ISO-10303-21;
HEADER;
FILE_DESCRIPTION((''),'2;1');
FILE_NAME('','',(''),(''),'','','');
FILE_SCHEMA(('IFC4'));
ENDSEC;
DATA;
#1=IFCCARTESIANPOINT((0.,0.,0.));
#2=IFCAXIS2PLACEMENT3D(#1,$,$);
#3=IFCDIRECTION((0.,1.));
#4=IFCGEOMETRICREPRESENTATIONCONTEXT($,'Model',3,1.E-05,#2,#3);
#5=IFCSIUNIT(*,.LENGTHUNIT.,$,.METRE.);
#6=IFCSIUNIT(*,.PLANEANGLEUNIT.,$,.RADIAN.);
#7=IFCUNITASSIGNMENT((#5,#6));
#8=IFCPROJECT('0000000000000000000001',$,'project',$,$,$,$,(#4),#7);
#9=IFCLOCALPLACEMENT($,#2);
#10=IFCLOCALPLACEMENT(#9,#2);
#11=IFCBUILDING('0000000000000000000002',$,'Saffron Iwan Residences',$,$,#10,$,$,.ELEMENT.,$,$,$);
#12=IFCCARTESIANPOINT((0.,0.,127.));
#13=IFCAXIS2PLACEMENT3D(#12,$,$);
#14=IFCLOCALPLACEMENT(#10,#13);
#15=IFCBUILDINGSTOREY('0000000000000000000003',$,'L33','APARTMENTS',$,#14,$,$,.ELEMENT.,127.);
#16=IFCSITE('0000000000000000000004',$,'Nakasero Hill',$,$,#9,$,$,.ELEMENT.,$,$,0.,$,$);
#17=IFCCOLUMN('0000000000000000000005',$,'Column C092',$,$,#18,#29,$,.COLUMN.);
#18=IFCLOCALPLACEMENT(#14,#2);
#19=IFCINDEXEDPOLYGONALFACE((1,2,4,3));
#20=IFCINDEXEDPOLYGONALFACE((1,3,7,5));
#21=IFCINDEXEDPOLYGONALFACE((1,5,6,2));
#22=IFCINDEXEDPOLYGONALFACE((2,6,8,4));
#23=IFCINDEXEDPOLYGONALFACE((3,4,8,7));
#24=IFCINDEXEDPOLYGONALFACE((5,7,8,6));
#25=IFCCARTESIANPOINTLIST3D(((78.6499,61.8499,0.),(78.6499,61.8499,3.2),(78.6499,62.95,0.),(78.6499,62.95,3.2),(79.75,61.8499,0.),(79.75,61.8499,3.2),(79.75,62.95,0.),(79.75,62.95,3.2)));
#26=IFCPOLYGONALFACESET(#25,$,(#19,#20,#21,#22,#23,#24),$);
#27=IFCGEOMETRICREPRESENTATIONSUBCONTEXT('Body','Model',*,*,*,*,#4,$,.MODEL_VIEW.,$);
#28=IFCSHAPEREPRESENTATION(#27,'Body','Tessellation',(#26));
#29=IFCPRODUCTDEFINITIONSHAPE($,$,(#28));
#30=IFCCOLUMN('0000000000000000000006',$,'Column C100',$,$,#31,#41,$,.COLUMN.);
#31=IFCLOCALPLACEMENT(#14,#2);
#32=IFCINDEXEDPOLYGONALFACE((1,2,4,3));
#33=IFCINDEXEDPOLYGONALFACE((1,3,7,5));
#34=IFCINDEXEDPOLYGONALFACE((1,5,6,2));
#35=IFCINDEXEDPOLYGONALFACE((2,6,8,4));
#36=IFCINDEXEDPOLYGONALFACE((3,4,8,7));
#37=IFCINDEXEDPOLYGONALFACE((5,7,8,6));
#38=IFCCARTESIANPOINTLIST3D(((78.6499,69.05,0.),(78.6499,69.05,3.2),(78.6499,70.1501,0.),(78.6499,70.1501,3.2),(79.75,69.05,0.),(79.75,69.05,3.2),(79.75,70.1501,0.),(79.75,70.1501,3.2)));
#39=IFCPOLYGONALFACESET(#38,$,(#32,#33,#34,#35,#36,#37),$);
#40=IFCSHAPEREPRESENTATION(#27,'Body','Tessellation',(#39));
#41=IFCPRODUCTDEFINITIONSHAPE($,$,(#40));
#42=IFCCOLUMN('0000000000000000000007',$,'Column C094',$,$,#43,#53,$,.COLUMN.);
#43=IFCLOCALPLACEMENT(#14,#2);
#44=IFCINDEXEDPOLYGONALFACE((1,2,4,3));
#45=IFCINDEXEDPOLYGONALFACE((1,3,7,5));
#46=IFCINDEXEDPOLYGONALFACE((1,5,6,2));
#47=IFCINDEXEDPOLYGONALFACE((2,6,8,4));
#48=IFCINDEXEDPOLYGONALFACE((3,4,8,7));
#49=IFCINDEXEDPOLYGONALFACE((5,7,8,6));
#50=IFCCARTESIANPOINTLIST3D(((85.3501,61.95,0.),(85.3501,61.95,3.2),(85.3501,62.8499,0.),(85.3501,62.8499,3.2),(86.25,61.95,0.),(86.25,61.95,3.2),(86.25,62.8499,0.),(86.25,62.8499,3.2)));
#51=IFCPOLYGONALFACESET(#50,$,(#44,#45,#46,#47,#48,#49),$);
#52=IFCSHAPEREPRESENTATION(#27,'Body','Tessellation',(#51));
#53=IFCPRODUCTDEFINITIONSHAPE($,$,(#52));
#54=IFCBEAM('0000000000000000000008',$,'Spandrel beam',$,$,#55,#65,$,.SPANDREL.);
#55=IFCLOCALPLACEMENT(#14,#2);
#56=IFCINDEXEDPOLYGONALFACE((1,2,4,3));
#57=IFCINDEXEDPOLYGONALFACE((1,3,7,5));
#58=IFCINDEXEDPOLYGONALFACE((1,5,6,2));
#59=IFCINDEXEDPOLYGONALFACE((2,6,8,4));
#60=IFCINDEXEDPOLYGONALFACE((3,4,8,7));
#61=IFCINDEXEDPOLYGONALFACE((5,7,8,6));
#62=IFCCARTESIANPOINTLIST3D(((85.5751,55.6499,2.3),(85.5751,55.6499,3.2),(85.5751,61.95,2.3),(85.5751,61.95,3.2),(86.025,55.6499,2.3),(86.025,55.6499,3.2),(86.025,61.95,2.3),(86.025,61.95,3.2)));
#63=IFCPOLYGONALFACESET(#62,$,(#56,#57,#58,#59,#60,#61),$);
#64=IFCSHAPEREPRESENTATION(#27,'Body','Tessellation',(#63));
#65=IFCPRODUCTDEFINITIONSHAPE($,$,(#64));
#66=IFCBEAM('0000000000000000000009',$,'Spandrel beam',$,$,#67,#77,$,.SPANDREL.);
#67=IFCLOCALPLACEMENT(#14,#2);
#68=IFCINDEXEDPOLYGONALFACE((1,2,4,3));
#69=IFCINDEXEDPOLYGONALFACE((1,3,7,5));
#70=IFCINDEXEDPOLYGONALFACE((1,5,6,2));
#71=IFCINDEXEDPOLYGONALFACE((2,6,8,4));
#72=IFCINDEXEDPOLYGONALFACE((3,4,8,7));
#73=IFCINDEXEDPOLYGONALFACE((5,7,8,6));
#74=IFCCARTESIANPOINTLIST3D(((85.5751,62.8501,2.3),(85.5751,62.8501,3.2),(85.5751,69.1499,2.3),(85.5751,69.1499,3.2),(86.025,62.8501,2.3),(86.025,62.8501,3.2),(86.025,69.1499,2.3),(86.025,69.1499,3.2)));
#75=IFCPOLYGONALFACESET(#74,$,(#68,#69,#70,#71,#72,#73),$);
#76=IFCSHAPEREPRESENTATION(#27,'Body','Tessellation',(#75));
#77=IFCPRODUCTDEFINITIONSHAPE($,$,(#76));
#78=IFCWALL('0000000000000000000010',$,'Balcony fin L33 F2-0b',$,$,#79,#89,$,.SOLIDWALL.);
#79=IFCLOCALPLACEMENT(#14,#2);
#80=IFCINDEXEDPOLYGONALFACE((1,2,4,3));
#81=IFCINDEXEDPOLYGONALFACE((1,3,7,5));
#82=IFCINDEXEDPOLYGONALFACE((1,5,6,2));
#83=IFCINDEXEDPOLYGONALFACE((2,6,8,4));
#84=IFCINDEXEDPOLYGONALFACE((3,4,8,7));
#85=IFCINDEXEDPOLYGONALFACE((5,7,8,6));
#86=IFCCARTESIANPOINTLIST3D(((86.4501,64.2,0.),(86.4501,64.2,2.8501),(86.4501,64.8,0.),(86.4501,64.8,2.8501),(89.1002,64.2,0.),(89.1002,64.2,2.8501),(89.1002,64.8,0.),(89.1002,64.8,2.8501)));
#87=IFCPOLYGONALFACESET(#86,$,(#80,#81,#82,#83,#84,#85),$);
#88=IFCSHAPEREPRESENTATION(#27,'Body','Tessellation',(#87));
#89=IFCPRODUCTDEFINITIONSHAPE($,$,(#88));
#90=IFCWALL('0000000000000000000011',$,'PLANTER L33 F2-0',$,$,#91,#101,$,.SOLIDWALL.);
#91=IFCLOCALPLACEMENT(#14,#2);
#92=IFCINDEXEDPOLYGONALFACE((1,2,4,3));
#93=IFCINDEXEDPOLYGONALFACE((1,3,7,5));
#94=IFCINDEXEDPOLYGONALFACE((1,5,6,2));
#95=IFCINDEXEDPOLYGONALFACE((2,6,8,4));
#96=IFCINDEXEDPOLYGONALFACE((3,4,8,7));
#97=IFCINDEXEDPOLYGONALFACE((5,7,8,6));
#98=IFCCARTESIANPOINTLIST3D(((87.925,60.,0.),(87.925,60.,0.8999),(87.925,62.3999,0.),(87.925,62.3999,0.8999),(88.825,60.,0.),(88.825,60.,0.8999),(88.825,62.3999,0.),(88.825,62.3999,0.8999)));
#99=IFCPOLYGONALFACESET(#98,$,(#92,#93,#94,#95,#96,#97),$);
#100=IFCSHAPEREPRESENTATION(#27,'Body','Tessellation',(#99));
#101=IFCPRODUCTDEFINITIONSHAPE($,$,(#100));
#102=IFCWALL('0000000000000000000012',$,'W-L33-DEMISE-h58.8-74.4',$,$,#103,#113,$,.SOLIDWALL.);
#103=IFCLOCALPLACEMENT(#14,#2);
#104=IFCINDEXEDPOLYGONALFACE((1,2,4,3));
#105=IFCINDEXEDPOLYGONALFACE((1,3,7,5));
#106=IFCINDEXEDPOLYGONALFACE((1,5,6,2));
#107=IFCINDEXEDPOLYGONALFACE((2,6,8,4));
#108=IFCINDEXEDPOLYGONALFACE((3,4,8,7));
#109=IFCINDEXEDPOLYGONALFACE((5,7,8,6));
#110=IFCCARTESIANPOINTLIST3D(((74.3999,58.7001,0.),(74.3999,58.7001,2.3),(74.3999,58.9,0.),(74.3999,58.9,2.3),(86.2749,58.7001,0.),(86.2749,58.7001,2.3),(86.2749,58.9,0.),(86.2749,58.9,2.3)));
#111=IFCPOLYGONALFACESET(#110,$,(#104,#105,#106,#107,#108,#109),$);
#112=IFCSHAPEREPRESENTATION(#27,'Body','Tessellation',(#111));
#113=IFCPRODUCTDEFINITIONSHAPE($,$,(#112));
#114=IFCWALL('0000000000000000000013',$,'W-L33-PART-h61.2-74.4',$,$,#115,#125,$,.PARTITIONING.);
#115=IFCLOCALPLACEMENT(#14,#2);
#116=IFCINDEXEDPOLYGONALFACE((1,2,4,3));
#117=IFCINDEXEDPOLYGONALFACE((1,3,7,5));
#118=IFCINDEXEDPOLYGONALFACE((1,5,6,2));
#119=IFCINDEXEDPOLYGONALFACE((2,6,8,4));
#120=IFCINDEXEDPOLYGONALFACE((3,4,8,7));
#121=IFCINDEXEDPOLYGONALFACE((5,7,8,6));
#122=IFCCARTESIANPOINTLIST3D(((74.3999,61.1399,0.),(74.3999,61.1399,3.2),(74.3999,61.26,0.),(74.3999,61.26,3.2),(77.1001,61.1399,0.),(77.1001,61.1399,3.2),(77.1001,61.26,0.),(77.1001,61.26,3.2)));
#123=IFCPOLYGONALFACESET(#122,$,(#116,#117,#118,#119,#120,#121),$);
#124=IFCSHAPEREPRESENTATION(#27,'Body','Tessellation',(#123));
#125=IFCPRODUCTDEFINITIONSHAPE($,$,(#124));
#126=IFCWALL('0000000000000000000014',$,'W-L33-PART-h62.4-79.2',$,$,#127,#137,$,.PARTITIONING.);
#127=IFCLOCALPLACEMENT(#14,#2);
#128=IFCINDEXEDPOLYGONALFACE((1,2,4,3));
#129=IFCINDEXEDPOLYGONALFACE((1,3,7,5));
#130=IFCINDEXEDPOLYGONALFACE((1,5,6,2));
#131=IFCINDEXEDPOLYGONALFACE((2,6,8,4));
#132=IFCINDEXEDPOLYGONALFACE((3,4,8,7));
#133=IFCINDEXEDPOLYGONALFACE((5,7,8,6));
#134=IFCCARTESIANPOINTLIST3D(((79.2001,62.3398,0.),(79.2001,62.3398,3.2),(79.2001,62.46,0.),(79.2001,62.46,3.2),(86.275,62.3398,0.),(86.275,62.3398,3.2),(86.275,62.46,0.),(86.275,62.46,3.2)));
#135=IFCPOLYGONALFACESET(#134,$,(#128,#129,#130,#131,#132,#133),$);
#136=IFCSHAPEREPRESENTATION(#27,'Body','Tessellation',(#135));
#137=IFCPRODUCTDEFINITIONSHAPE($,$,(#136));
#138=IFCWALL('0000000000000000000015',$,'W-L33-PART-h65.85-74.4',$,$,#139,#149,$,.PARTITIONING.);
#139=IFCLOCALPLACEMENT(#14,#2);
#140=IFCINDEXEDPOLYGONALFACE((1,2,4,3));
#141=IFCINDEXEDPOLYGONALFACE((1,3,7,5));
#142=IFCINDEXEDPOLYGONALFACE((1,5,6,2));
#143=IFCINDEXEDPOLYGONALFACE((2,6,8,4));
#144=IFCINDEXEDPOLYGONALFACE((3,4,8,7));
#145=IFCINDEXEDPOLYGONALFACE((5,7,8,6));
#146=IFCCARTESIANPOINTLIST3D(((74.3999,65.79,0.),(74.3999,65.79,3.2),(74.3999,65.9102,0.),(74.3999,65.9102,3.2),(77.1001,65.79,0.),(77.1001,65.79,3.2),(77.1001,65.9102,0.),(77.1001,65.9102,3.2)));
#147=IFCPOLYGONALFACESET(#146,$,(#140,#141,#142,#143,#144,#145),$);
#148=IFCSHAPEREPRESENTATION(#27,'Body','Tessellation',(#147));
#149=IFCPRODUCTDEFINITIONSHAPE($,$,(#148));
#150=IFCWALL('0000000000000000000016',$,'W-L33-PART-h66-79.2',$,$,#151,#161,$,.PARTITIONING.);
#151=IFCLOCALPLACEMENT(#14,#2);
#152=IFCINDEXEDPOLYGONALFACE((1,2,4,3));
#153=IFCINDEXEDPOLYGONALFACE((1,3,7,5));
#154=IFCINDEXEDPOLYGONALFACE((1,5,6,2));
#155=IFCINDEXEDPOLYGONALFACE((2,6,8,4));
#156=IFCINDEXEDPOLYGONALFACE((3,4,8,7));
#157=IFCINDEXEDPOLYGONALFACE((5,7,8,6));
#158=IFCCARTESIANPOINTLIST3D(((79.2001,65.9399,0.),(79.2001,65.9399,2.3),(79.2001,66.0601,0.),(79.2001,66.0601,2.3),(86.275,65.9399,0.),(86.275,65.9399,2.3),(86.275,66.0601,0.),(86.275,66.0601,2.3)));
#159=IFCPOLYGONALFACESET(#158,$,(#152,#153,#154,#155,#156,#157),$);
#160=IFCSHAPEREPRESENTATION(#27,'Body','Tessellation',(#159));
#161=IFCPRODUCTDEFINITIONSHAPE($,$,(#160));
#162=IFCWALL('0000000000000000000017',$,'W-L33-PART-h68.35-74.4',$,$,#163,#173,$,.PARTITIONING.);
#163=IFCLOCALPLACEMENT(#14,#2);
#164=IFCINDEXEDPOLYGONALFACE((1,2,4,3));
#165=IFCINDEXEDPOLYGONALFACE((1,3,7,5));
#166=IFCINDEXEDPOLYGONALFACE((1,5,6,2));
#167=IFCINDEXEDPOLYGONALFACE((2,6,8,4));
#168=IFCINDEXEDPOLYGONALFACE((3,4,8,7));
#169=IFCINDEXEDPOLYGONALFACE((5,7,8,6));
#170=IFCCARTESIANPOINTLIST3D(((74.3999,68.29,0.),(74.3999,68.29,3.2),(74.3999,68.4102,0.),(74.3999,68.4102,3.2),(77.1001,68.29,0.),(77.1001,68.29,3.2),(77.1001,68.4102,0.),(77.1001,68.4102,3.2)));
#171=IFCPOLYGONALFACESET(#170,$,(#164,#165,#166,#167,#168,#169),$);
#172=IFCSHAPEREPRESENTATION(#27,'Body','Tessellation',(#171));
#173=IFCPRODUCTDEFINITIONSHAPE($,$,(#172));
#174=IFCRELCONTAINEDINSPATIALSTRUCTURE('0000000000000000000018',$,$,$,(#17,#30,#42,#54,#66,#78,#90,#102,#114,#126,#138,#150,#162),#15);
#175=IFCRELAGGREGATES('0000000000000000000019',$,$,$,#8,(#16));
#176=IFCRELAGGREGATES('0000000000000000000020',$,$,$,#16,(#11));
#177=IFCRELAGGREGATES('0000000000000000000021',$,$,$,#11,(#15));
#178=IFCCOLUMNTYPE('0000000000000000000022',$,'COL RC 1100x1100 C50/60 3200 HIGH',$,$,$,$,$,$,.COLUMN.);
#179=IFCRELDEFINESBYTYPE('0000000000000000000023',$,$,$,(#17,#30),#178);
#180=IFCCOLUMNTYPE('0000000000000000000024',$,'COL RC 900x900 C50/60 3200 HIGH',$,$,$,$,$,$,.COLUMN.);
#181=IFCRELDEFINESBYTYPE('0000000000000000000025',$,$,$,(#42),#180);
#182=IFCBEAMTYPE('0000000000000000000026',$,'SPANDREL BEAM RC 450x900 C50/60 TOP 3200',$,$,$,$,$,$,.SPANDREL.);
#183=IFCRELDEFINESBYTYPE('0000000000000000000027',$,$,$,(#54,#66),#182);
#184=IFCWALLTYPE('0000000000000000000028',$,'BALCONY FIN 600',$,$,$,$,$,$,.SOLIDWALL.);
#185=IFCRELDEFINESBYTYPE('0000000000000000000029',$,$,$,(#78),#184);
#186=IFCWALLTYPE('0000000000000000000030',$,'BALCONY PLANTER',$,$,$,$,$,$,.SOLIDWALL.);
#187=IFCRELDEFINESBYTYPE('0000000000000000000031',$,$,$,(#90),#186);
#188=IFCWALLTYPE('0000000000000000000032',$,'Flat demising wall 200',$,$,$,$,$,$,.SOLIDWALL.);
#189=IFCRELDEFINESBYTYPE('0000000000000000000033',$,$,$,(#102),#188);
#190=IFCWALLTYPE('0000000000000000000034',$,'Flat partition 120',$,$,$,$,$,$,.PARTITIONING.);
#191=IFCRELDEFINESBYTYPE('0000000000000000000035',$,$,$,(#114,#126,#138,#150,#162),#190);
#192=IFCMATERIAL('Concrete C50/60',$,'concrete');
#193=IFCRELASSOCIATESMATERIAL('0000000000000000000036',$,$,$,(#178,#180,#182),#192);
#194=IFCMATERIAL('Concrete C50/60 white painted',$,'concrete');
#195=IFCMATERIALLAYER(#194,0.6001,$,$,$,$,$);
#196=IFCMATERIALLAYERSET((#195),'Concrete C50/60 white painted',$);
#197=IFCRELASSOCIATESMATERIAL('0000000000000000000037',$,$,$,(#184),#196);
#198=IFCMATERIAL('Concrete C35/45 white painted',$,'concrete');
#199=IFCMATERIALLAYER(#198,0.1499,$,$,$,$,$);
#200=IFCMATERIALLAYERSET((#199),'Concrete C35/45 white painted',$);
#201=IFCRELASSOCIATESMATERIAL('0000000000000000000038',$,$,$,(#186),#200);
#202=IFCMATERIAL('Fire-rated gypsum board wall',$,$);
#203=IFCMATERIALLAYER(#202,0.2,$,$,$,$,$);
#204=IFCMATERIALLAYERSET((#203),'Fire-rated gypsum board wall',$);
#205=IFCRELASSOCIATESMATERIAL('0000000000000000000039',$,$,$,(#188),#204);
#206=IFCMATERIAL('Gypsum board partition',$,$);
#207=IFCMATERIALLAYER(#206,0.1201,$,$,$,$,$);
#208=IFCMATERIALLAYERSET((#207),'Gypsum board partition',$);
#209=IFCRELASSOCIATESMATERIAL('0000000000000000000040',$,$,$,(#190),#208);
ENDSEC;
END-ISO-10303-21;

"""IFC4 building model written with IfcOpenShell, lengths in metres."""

from ifc_helpers import new_model, si_unit, direction, frame, frame_2d, origin, origin_2d, place, context, subcontext, project, spatial, rectangle, extrude, source, transform, mapped, material, layer, layer_set, material_profile, profile_set, type_object, element, save


model = new_model("IFC4")

# Units and contexts
model_context = context("Model", 3, precision=1e-05, world=origin(), true_north=direction((0.0, 1.0)))
body_context = subcontext(model_context, "Body", "Model", "MODEL_VIEW")
ifc_project = project(units=[si_unit("LENGTHUNIT", "METRE"), si_unit("PLANEANGLEUNIT", "RADIAN")], contexts=[model_context])

# Site, building, storey
site_placement = place(None, origin())
site = spatial("IfcSite", under=ifc_project, at=site_placement, Name="Nakasero Hill", CompositionType="ELEMENT", RefElevation=0.0)
building_placement = place(site_placement, origin())
building = spatial("IfcBuilding", under=site, at=building_placement, Name="Saffron Iwan Residences", CompositionType="ELEMENT")
storey_placement = place(building_placement, frame((0.0, 0.0, 127.0)))
storey = spatial("IfcBuildingStorey", under=building, at=storey_placement, Name="L33", Description="APARTMENTS", CompositionType="ELEMENT", Elevation=127.0)

# Columns
ifc_material_1 = material(Name="Concrete C50/60", Category="concrete")
ifc_material_profile_1 = material_profile(ifc_material_1, rectangle(XDim=1.1001, YDim=1.1001, at=origin_2d()), Name="RC 1100x1100")
ifc_profile_set_1 = profile_set([ifc_material_profile_1], Name="Concrete C50/60")
column_type_1 = type_object("IfcColumnType", Name="COL RC 1100x1100 C50/60 3200 HIGH", PredefinedType="COLUMN", material=ifc_profile_set_1)
shared_shape_1 = source(origin(), body_context, "Body", "SweptSolid", [
    extrude(rectangle(XDim=1.1001, YDim=1.1001, at=origin_2d()), origin(), (0.0, 0.0, 1.0), 3.2),
])
for number, where, z_axis, x_axis, name in (
    (1, (79.2, 62.3999, 0.0), (0.0, 0.0, 1.0), (1.0, 0.0, 0.0), "Column C092"),
    (2, (79.2, 69.6001, 0.0), (0.0, 0.0, 1.0), (1.0, 0.0, 0.0), "Column C100"),
):
    element("IfcColumn", number, at=place(storey_placement, frame(where, z_axis=z_axis, x_axis=x_axis)), inside=storey, type_object=column_type_1, Name=name, PredefinedType="COLUMN", context=body_context, shape_type="MappedRepresentation", body=[
        mapped(shared_shape_1, transform((0.0, 0.0, 0.0))),
    ])
ifc_material_profile_2 = material_profile(ifc_material_1, rectangle(XDim=0.8999, YDim=0.8999, at=origin_2d()), Name="RC 900x900")
ifc_profile_set_2 = profile_set([ifc_material_profile_2], Name="Concrete C50/60")
column_type_2 = type_object("IfcColumnType", Name="COL RC 900x900 C50/60 3200 HIGH", PredefinedType="COLUMN", material=ifc_profile_set_2)
shared_shape_2 = source(origin(), body_context, "Body", "SweptSolid", [
    extrude(rectangle(XDim=0.8999, YDim=0.8999, at=origin_2d()), origin(), (0.0, 0.0, 1.0), 3.2),
])
column_placement = place(storey_placement, frame((85.8, 62.3999, 0.0), z_axis=(0.0, 0.0, 1.0), x_axis=(1.0, 0.0, 0.0)))
element("IfcColumn", 3, at=column_placement, inside=storey, type_object=column_type_2, Name="Column C094", PredefinedType="COLUMN", context=body_context, shape_type="MappedRepresentation", body=[
    mapped(shared_shape_2, transform((0.0, 0.0, 0.0))),
])

# Beams
ifc_material_profile_3 = material_profile(ifc_material_1, rectangle(XDim=0.45, YDim=0.8999, at=origin_2d()), Name="RC 450x900")
ifc_profile_set_3 = profile_set([ifc_material_profile_3], Name="Concrete C50/60")
beam_type = type_object("IfcBeamType", Name="SPANDREL BEAM RC 450x900 C50/60 TOP 3200", PredefinedType="SPANDREL", material=ifc_profile_set_3)
shared_shape_3 = source(origin(), body_context, "Body", "SweptSolid", [
    extrude(rectangle(XDim=0.45, YDim=0.8999, at=origin_2d()), origin(), (0.0, 0.0, 1.0), 6.3),
])
beam_1_placement = place(storey_placement, frame((85.8, 61.95, 2.75), z_axis=(0.0, -1.0, 0.0), x_axis=(1.0, 0.0, 0.0)))
element("IfcBeam", 4, at=beam_1_placement, inside=storey, type_object=beam_type, Name="Spandrel beam", PredefinedType="SPANDREL", context=body_context, shape_type="MappedRepresentation", body=[
    mapped(shared_shape_3, transform((0.0, 0.0, 0.0))),
])
shared_shape_4 = source(origin(), body_context, "Body", "SweptSolid", [
    extrude(rectangle(XDim=0.45, YDim=0.8999, at=origin_2d()), origin(), (0.0, 0.0, 1.0), 6.2998),
])
beam_2_placement = place(storey_placement, frame((85.8, 69.1499, 2.75), z_axis=(0.0, -1.0, 0.0), x_axis=(1.0, 0.0, 0.0)))
element("IfcBeam", 5, at=beam_2_placement, inside=storey, type_object=beam_type, Name="Spandrel beam", PredefinedType="SPANDREL", context=body_context, shape_type="MappedRepresentation", body=[
    mapped(shared_shape_4, transform((0.0, 0.0, 0.0))),
])

# Walls
ifc_material_2 = material(Name="Concrete C50/60 white painted", Category="concrete")
ifc_layer_1 = layer(ifc_material_2, 0.6001)
ifc_layer_set_1 = layer_set([ifc_layer_1], Name="Concrete C50/60 white painted")
wall_type_1 = type_object("IfcWallType", Name="BALCONY FIN 600", PredefinedType="SOLIDWALL", material=ifc_layer_set_1)
wall_1_placement = place(storey_placement, frame((86.45, 64.5, 0.0), z_axis=(0.0, 0.0, 1.0), x_axis=(1.0, 0.0, 0.0)))
element("IfcWall", 6, at=wall_1_placement, inside=storey, type_object=wall_type_1, Name="Balcony fin L33 F2-0b", PredefinedType="SOLIDWALL", context=body_context, shape_type="SweptSolid", body=[
    extrude(rectangle(XDim=2.6501, YDim=0.6001, at=frame_2d((1.3252, 0.0))), origin(), (0.0, 0.0, 1.0), 2.8501),
])
ifc_material_3 = material(Name="Concrete C35/45 white painted", Category="concrete")
ifc_layer_2 = layer(ifc_material_3, 0.1499)
ifc_layer_set_2 = layer_set([ifc_layer_2], Name="Concrete C35/45 white painted")
wall_type_2 = type_object("IfcWallType", Name="BALCONY PLANTER", PredefinedType="SOLIDWALL", material=ifc_layer_set_2)
wall_2_placement = place(storey_placement, frame((88.375, 60.0, 0.0), z_axis=(0.0, 0.0, 1.0), x_axis=(0.0, 1.0, 0.0)))
element("IfcWall", 7, at=wall_2_placement, inside=storey, type_object=wall_type_2, Name="PLANTER L33 F2-0", PredefinedType="SOLIDWALL", context=body_context, shape_type="SweptSolid", body=[
    extrude(rectangle(XDim=2.3999, YDim=0.8999, at=frame_2d((1.2, 0.0))), origin(), (0.0, 0.0, 1.0), 0.8999),
])
ifc_material_4 = material(Name="Fire-rated gypsum board wall")
ifc_layer_3 = layer(ifc_material_4, 0.2)
ifc_layer_set_3 = layer_set([ifc_layer_3], Name="Fire-rated gypsum board wall")
wall_type_3 = type_object("IfcWallType", Name="Flat demising wall 200", PredefinedType="SOLIDWALL", material=ifc_layer_set_3)
wall_3_placement = place(storey_placement, frame((74.3999, 58.8, 0.0), z_axis=(0.0, 0.0, 1.0), x_axis=(1.0, 0.0, 0.0)))
element("IfcWall", 8, at=wall_3_placement, inside=storey, type_object=wall_type_3, Name="W-L33-DEMISE-h58.8-74.4", PredefinedType="SOLIDWALL", context=body_context, shape_type="SweptSolid", body=[
    extrude(rectangle(XDim=11.875, YDim=0.2, at=frame_2d((5.9375, 0.0))), origin(), (0.0, 0.0, 1.0), 2.3),
])
ifc_material_5 = material(Name="Gypsum board partition")
ifc_layer_4 = layer(ifc_material_5, 0.1201)
ifc_layer_set_4 = layer_set([ifc_layer_4], Name="Gypsum board partition")
wall_type_4 = type_object("IfcWallType", Name="Flat partition 120", PredefinedType="PARTITIONING", material=ifc_layer_set_4)
wall_4_placement = place(storey_placement, frame((74.3999, 61.2, 0.0), z_axis=(0.0, 0.0, 1.0), x_axis=(1.0, 0.0, 0.0)))
element("IfcWall", 9, at=wall_4_placement, inside=storey, type_object=wall_type_4, Name="W-L33-PART-h61.2-74.4", PredefinedType="PARTITIONING", context=body_context, shape_type="SweptSolid", body=[
    extrude(rectangle(XDim=2.7002, YDim=0.1201, at=frame_2d((1.3501, 0.0))), origin(), (0.0, 0.0, 1.0), 3.2),
])
wall_5_placement = place(storey_placement, frame((79.2, 62.3999, 0.0), z_axis=(0.0, 0.0, 1.0), x_axis=(1.0, 0.0, 0.0)))
element("IfcWall", 10, at=wall_5_placement, inside=storey, type_object=wall_type_4, Name="W-L33-PART-h62.4-79.2", PredefinedType="PARTITIONING", context=body_context, shape_type="SweptSolid", body=[
    extrude(rectangle(XDim=7.075, YDim=0.1201, at=frame_2d((3.5376, 0.0))), origin(), (0.0, 0.0, 1.0), 3.2),
])
wall_6_placement = place(storey_placement, frame((74.3999, 65.8501, 0.0), z_axis=(0.0, 0.0, 1.0), x_axis=(1.0, 0.0, 0.0)))
element("IfcWall", 11, at=wall_6_placement, inside=storey, type_object=wall_type_4, Name="W-L33-PART-h65.85-74.4", PredefinedType="PARTITIONING", context=body_context, shape_type="SweptSolid", body=[
    extrude(rectangle(XDim=2.7002, YDim=0.1201, at=frame_2d((1.3501, 0.0))), origin(), (0.0, 0.0, 1.0), 3.2),
])
wall_7_placement = place(storey_placement, frame((79.2, 66.0, 0.0), z_axis=(0.0, 0.0, 1.0), x_axis=(1.0, 0.0, 0.0)))
element("IfcWall", 12, at=wall_7_placement, inside=storey, type_object=wall_type_4, Name="W-L33-PART-h66-79.2", PredefinedType="PARTITIONING", context=body_context, shape_type="SweptSolid", body=[
    extrude(rectangle(XDim=7.075, YDim=0.1201, at=frame_2d((3.5376, 0.0))), origin(), (0.0, 0.0, 1.0), 2.3),
])
wall_8_placement = place(storey_placement, frame((74.3999, 68.3501, 0.0), z_axis=(0.0, 0.0, 1.0), x_axis=(1.0, 0.0, 0.0)))
element("IfcWall", 13, at=wall_8_placement, inside=storey, type_object=wall_type_4, Name="W-L33-PART-h68.35-74.4", PredefinedType="PARTITIONING", context=body_context, shape_type="SweptSolid", body=[
    extrude(rectangle(XDim=2.7002, YDim=0.1201, at=frame_2d((1.3501, 0.0))), origin(), (0.0, 0.0, 1.0), 3.2),
])

save(model, "model.ifc")
